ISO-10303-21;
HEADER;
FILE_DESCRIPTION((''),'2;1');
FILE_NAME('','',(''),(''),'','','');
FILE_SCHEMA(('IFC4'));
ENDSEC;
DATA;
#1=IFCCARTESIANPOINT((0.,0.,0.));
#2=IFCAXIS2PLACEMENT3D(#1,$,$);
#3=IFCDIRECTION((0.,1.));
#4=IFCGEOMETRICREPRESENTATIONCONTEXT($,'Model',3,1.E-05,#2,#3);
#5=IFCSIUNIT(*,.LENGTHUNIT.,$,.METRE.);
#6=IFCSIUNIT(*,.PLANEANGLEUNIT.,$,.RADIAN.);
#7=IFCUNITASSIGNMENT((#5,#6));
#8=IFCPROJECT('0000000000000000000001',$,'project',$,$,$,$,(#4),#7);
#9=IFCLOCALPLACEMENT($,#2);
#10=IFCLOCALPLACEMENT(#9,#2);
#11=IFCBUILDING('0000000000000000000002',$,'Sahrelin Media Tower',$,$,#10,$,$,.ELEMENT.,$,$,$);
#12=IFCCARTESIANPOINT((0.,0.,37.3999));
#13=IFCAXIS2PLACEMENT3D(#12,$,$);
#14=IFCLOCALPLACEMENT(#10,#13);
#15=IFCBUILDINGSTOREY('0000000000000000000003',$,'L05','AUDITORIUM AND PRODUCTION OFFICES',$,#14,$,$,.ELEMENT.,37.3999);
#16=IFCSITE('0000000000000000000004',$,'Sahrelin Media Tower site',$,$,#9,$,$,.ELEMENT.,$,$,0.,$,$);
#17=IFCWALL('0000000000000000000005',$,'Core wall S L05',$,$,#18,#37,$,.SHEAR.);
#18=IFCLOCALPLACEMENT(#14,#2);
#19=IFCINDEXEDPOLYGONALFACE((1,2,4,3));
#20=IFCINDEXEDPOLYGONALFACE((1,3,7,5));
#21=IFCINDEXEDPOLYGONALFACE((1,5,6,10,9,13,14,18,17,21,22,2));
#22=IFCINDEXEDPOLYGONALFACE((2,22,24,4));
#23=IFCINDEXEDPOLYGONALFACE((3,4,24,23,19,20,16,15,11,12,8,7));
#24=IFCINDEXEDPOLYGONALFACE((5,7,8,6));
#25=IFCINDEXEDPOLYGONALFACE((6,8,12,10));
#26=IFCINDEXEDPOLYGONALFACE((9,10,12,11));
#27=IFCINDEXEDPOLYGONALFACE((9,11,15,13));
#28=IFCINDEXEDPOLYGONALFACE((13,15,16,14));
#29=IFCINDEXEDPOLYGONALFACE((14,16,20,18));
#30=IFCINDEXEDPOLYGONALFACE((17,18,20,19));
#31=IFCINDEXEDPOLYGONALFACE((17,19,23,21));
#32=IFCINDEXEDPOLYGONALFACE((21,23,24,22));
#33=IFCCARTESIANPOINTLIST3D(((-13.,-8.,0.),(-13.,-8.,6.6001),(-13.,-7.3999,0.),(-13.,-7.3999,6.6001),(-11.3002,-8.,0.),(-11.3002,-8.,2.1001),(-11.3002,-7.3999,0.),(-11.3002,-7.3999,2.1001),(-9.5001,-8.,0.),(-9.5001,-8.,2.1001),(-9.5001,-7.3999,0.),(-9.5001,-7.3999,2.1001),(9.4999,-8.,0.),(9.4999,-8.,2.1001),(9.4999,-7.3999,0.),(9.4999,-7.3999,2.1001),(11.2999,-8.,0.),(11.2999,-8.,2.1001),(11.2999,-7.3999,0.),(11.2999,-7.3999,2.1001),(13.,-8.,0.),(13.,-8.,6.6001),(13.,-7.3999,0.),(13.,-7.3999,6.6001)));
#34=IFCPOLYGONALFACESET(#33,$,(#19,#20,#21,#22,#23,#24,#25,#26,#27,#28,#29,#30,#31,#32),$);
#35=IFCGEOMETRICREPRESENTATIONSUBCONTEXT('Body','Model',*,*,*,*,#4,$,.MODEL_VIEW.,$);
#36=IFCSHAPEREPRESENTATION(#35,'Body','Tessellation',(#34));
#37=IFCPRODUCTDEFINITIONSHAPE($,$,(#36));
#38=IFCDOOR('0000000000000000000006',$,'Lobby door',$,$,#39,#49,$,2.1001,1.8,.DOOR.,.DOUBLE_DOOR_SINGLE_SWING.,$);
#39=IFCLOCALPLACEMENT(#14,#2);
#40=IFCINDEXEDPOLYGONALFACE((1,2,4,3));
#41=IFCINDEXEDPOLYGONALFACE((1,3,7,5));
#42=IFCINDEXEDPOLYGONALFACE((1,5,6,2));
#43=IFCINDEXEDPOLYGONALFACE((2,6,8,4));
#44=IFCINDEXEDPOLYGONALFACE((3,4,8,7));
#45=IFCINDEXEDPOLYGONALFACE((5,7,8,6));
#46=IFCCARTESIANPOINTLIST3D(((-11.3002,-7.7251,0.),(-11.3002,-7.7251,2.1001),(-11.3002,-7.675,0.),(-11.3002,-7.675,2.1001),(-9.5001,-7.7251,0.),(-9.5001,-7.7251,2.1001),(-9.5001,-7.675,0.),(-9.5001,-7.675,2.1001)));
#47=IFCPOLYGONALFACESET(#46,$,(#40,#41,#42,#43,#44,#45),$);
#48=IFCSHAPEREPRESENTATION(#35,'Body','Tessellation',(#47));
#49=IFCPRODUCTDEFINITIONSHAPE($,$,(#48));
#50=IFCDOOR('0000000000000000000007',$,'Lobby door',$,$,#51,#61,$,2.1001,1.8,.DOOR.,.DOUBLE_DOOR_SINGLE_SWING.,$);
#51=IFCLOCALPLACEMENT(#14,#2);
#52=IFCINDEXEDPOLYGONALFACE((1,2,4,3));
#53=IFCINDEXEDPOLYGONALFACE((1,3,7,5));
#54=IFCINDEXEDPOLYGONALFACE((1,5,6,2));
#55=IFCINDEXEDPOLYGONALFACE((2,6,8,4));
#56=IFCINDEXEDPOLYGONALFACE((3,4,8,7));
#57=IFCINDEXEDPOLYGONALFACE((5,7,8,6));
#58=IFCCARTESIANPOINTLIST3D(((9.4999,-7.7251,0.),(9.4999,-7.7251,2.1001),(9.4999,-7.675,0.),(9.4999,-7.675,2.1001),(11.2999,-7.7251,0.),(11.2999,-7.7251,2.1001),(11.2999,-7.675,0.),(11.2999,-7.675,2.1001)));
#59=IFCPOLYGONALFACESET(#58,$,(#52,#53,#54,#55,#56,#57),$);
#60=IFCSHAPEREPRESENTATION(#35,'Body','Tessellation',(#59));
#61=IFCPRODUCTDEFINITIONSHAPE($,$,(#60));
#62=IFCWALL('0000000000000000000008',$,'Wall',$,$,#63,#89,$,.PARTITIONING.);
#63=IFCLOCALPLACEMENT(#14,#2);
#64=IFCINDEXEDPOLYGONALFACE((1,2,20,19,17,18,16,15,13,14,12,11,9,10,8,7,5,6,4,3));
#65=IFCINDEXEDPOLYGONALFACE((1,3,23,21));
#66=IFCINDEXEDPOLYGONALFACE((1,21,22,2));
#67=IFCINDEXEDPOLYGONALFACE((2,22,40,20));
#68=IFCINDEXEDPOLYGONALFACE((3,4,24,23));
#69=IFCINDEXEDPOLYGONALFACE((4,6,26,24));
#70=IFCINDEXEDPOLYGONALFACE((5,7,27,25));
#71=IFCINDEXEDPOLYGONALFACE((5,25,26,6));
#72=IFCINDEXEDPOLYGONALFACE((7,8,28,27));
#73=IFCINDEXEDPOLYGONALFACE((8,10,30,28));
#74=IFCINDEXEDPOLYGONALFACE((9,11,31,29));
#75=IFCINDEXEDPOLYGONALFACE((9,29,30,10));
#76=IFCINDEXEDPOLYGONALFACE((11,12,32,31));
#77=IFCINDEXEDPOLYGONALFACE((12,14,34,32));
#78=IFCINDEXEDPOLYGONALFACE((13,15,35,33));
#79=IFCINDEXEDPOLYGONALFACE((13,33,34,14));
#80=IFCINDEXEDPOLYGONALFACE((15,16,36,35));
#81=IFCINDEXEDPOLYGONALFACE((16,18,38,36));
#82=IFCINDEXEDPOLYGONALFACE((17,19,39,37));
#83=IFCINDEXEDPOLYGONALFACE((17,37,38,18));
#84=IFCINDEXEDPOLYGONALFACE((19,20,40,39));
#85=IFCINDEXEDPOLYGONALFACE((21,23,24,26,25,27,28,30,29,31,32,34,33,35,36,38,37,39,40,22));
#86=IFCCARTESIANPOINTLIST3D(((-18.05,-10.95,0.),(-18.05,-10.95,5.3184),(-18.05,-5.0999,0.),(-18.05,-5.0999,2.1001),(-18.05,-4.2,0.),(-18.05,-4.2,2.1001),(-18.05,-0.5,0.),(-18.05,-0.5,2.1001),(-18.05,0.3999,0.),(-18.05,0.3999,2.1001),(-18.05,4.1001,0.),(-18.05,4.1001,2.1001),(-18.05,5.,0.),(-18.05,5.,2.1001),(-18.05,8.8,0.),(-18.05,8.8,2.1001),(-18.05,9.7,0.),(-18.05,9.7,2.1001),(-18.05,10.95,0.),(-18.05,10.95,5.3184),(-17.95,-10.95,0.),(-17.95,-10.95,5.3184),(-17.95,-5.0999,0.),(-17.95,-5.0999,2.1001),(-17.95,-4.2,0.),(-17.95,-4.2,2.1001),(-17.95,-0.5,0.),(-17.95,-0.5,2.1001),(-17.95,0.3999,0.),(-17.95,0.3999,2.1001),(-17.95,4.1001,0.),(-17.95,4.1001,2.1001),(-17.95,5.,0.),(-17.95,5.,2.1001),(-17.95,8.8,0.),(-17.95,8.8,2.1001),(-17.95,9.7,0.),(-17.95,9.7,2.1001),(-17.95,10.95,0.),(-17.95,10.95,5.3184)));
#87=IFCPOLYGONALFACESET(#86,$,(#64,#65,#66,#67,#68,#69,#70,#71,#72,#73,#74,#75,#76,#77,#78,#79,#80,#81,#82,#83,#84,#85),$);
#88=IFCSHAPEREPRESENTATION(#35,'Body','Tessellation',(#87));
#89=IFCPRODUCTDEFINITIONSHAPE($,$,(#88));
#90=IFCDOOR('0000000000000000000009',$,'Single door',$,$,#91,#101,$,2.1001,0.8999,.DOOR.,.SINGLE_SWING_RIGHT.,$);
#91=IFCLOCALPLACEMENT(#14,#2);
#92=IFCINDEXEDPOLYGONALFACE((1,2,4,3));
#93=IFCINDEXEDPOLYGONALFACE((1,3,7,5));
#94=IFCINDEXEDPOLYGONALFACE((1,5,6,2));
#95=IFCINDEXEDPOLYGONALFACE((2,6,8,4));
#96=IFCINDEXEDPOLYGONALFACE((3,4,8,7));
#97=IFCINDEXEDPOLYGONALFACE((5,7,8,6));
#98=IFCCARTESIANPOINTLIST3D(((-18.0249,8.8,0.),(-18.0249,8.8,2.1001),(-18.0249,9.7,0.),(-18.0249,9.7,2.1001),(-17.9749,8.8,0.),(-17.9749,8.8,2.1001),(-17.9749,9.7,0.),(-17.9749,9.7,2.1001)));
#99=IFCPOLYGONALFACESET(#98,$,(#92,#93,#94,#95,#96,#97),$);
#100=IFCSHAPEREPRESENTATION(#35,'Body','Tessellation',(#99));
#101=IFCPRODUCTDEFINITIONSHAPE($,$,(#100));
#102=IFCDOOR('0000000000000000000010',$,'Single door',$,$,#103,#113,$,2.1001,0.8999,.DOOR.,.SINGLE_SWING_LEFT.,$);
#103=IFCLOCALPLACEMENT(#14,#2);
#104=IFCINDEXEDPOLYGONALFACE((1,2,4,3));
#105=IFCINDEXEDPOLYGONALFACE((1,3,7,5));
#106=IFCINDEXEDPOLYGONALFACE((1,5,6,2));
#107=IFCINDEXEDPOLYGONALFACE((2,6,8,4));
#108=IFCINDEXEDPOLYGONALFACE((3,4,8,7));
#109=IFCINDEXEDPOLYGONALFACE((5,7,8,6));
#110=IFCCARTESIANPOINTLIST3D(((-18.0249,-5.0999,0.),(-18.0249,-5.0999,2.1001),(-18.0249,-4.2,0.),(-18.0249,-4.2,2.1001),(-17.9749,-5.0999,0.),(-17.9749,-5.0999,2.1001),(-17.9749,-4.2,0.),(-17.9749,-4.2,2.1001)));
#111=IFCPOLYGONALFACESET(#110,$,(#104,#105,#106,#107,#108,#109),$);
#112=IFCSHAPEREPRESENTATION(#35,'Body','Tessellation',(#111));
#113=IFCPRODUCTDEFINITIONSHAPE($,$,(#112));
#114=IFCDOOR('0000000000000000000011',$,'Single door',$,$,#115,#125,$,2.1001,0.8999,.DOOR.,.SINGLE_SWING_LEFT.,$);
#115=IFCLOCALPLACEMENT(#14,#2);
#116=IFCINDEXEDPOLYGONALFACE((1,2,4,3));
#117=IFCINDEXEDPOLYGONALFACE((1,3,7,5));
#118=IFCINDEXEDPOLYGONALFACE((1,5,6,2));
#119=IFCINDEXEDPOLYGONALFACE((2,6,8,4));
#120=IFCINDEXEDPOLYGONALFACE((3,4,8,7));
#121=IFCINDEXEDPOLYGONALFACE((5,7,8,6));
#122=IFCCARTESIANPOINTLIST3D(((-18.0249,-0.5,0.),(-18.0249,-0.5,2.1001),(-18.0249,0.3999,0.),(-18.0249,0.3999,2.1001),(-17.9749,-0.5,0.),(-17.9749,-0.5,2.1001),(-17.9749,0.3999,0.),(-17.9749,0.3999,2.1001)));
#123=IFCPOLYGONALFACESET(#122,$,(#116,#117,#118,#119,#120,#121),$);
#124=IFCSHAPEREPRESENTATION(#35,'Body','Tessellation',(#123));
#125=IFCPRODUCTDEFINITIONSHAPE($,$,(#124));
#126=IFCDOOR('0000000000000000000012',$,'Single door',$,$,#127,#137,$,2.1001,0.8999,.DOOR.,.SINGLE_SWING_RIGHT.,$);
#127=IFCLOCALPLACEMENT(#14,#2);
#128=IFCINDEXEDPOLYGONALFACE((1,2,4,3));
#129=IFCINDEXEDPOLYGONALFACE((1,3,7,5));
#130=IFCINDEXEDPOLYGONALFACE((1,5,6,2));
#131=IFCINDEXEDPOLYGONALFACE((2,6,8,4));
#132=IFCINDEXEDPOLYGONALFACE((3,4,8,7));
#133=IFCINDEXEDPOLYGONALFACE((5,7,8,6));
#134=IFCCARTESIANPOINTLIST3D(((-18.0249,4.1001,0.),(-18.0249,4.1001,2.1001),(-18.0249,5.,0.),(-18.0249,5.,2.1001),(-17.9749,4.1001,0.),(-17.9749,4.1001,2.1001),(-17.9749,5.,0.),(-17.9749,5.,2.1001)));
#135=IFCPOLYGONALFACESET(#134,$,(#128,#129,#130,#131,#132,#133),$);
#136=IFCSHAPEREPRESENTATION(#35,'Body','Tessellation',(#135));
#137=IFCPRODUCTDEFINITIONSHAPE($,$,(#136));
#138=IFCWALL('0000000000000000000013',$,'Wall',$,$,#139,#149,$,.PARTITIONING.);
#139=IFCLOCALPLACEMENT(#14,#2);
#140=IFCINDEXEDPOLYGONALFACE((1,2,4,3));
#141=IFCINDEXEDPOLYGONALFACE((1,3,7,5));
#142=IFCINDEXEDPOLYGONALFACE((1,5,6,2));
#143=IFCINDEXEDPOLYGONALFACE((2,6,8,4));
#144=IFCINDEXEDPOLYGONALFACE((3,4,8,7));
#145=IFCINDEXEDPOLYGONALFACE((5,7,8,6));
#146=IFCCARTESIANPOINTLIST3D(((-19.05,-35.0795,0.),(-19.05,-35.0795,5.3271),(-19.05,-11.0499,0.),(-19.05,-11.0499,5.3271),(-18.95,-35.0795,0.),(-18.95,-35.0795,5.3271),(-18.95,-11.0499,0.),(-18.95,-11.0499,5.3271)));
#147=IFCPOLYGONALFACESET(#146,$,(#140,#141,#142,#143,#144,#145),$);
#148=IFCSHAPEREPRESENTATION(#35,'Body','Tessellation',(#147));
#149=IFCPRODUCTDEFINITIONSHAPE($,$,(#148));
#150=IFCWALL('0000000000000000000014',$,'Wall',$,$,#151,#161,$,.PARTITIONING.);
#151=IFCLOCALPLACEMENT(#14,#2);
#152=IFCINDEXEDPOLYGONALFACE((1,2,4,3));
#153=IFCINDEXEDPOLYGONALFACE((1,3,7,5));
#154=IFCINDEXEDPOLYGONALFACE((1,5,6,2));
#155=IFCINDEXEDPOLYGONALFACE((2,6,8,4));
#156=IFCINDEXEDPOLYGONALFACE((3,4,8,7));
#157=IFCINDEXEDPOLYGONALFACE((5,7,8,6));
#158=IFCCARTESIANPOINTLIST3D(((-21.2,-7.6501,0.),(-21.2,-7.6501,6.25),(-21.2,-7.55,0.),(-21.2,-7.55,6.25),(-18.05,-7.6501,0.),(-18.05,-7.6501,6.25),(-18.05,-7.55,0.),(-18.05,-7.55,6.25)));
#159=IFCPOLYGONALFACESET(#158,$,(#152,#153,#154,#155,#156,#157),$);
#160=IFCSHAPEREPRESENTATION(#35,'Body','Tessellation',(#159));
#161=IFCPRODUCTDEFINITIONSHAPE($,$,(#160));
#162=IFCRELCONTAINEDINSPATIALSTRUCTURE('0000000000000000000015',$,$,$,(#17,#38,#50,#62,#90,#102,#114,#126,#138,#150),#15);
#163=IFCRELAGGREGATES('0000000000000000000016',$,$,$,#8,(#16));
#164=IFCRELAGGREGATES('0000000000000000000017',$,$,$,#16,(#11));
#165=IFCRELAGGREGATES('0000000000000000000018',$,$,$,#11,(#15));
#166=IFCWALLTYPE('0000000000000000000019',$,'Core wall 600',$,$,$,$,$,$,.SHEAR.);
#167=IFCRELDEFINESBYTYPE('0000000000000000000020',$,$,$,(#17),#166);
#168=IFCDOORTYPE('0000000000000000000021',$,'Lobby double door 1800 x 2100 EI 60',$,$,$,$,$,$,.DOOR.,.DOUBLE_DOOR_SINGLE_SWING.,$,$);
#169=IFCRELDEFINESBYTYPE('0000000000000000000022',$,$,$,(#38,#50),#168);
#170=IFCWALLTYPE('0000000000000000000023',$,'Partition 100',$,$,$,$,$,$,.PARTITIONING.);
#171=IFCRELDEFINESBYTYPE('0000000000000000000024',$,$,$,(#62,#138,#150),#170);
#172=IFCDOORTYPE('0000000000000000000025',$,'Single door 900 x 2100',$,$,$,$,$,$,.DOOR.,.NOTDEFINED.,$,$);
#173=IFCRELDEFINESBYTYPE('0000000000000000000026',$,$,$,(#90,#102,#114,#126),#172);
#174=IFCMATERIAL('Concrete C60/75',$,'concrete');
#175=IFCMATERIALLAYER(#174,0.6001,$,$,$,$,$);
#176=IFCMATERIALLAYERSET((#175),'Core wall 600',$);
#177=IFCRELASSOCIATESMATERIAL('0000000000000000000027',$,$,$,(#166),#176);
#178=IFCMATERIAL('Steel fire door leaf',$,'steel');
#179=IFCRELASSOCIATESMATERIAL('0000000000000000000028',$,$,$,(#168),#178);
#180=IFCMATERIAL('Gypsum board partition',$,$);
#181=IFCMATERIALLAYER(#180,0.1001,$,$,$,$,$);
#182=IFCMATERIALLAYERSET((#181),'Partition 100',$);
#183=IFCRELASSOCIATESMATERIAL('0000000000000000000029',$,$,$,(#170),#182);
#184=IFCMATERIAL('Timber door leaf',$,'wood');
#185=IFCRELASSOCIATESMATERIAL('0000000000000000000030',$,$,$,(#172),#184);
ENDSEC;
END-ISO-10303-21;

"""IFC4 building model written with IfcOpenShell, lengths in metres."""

from ifc_helpers import new_model, si_unit, direction, frame, frame_2d, origin, place, context, subcontext, project, spatial, rectangle, extrude, material, layer, layer_set, type_object, element, fill, save


model = new_model("IFC4")

# Units and contexts
model_context = context("Model", 3, precision=1e-05, world=origin(), true_north=direction((0.0, 1.0)))
body_context = subcontext(model_context, "Body", "Model", "MODEL_VIEW")
ifc_project = project(units=[si_unit("LENGTHUNIT", "METRE"), si_unit("PLANEANGLEUNIT", "RADIAN")], contexts=[model_context])

# Site, building, storey
site_placement = place(None, origin())
site = spatial("IfcSite", under=ifc_project, at=site_placement, Name="Sahrelin Media Tower site", CompositionType="ELEMENT", RefElevation=0.0)
building_placement = place(site_placement, origin())
building = spatial("IfcBuilding", under=site, at=building_placement, Name="Sahrelin Media Tower", CompositionType="ELEMENT")
storey_placement = place(building_placement, frame((0.0, 0.0, 37.3999)))
storey = spatial("IfcBuildingStorey", under=building, at=storey_placement, Name="L05", Description="AUDITORIUM AND PRODUCTION OFFICES", CompositionType="ELEMENT", Elevation=37.3999)

# Walls, openings, doors
ifc_material_1 = material(Name="Concrete C60/75", Category="concrete")
ifc_layer_1 = layer(ifc_material_1, 0.6001)
ifc_layer_set_1 = layer_set([ifc_layer_1], Name="Core wall 600")
wall_type_1 = type_object("IfcWallType", Name="Core wall 600", PredefinedType="SHEAR", material=ifc_layer_set_1)
wall_1_placement = place(storey_placement, frame((-13.0, -7.7, 0.0), z_axis=(0.0, 0.0, 1.0), x_axis=(1.0, 0.0, 0.0)))
wall_1 = element("IfcWall", 1, at=wall_1_placement, inside=storey, type_object=wall_type_1, Name="Core wall S L05", PredefinedType="SHEAR", context=body_context, shape_type="SweptSolid", body=[
    extrude(rectangle(XDim=26.0, YDim=0.6001, at=frame_2d((13.0, 0.0))), origin(), (0.0, 0.0, 1.0), 6.6001),
])
opening_1_placement = place(wall_1_placement, frame((1.7, 0.0, 0.0)))
opening_1 = element("IfcOpeningElement", 2, at=opening_1_placement, cuts=wall_1, PredefinedType="OPENING", context=body_context, shape_type="SweptSolid", body=[
    extrude(rectangle(XDim=1.8, YDim=2.1001, at=frame_2d((0.8999, 1.05))), frame((0.0, 0.3, 0.0), z_axis=(0.0, -1.0, 0.0), x_axis=(1.0, 0.0, 0.0)), (0.0, 0.0, 1.0), 0.6001),
])
opening_2_placement = place(wall_1_placement, frame((22.5, 0.0, 0.0)))
opening_2 = element("IfcOpeningElement", 3, at=opening_2_placement, cuts=wall_1, PredefinedType="OPENING", context=body_context, shape_type="SweptSolid", body=[
    extrude(rectangle(XDim=1.8, YDim=2.1001, at=frame_2d((0.8999, 1.05))), frame((0.0, 0.3, 0.0), z_axis=(0.0, -1.0, 0.0), x_axis=(1.0, 0.0, 0.0)), (0.0, 0.0, 1.0), 0.6001),
])
ifc_material_2 = material(Name="Steel fire door leaf", Category="steel")
door_type_1 = type_object("IfcDoorType", Name="Lobby double door 1800 x 2100 EI 60", OperationType="DOUBLE_DOOR_SINGLE_SWING", PredefinedType="DOOR", material=ifc_material_2)
door_1_placement = place(opening_1_placement, origin())
door_1 = element("IfcDoor", 4, at=door_1_placement, inside=storey, type_object=door_type_1, Name="Lobby door", OperationType="DOUBLE_DOOR_SINGLE_SWING", OverallHeight=2.1001, OverallWidth=1.8, PredefinedType="DOOR", context=body_context, shape_type="SweptSolid", body=[
    extrude(rectangle(XDim=1.8, YDim=2.1001, at=frame_2d((0.8999, 1.05))), frame((0.0, 0.0249, 0.0), z_axis=(0.0, -1.0, 0.0), x_axis=(1.0, 0.0, 0.0)), (0.0, 0.0, 1.0), 0.05),
])
fill(opening_1, door_1)
door_2_placement = place(opening_2_placement, origin())
door_2 = element("IfcDoor", 5, at=door_2_placement, inside=storey, type_object=door_type_1, Name="Lobby door", OperationType="DOUBLE_DOOR_SINGLE_SWING", OverallHeight=2.1001, OverallWidth=1.8, PredefinedType="DOOR", context=body_context, shape_type="SweptSolid", body=[
    extrude(rectangle(XDim=1.8, YDim=2.1001, at=frame_2d((0.8999, 1.05))), frame((0.0, 0.0249, 0.0), z_axis=(0.0, -1.0, 0.0), x_axis=(1.0, 0.0, 0.0)), (0.0, 0.0, 1.0), 0.05),
])
fill(opening_2, door_2)
ifc_material_3 = material(Name="Gypsum board partition")
ifc_layer_2 = layer(ifc_material_3, 0.1001)
ifc_layer_set_2 = layer_set([ifc_layer_2], Name="Partition 100")
wall_type_2 = type_object("IfcWallType", Name="Partition 100", PredefinedType="PARTITIONING", material=ifc_layer_set_2)
wall_2_placement = place(storey_placement, frame((-18.0, -10.95, 0.0), z_axis=(0.0, 0.0, 1.0), x_axis=(0.0, 1.0, 0.0)))
wall_2 = element("IfcWall", 6, at=wall_2_placement, inside=storey, type_object=wall_type_2, Name="Wall", PredefinedType="PARTITIONING", context=body_context, shape_type="SweptSolid", body=[
    extrude(rectangle(XDim=21.8999, YDim=0.1001, at=frame_2d((10.95, 0.0))), origin(), (0.0, 0.0, 1.0), 5.3184),
])
opening_3_placement = place(wall_2_placement, frame((19.75, 0.0, 0.0)))
opening_3 = element("IfcOpeningElement", 7, at=opening_3_placement, cuts=wall_2, PredefinedType="OPENING", context=body_context, shape_type="SweptSolid", body=[
    extrude(rectangle(XDim=0.8999, YDim=2.1001, at=frame_2d((0.45, 1.05))), frame((0.0, 0.05, 0.0), z_axis=(0.0, -1.0, 0.0), x_axis=(1.0, 0.0, 0.0)), (0.0, 0.0, 1.0), 0.1001),
])
opening_4_placement = place(wall_2_placement, frame((5.8501, 0.0, 0.0)))
opening_4 = element("IfcOpeningElement", 8, at=opening_4_placement, cuts=wall_2, PredefinedType="OPENING", context=body_context, shape_type="SweptSolid", body=[
    extrude(rectangle(XDim=0.8999, YDim=2.1001, at=frame_2d((0.45, 1.05))), frame((0.0, 0.05, 0.0), z_axis=(0.0, -1.0, 0.0), x_axis=(1.0, 0.0, 0.0)), (0.0, 0.0, 1.0), 0.1001),
])
opening_5_placement = place(wall_2_placement, frame((10.45, 0.0, 0.0)))
opening_5 = element("IfcOpeningElement", 9, at=opening_5_placement, cuts=wall_2, PredefinedType="OPENING", context=body_context, shape_type="SweptSolid", body=[
    extrude(rectangle(XDim=0.8999, YDim=2.1001, at=frame_2d((0.45, 1.05))), frame((0.0, 0.05, 0.0), z_axis=(0.0, -1.0, 0.0), x_axis=(1.0, 0.0, 0.0)), (0.0, 0.0, 1.0), 0.1001),
])
opening_6_placement = place(wall_2_placement, frame((15.05, 0.0, 0.0)))
opening_6 = element("IfcOpeningElement", 10, at=opening_6_placement, cuts=wall_2, PredefinedType="OPENING", context=body_context, shape_type="SweptSolid", body=[
    extrude(rectangle(XDim=0.8999, YDim=2.1001, at=frame_2d((0.45, 1.05))), frame((0.0, 0.05, 0.0), z_axis=(0.0, -1.0, 0.0), x_axis=(1.0, 0.0, 0.0)), (0.0, 0.0, 1.0), 0.1001),
])
ifc_material_4 = material(Name="Timber door leaf", Category="wood")
door_type_2 = type_object("IfcDoorType", Name="Single door 900 x 2100", OperationType="NOTDEFINED", PredefinedType="DOOR", material=ifc_material_4)
door_3_placement = place(opening_3_placement, origin())
door_3 = element("IfcDoor", 11, at=door_3_placement, inside=storey, type_object=door_type_2, Name="Single door", OperationType="SINGLE_SWING_RIGHT", OverallHeight=2.1001, OverallWidth=0.8999, PredefinedType="DOOR", context=body_context, shape_type="SweptSolid", body=[
    extrude(rectangle(XDim=0.8999, YDim=2.1001, at=frame_2d((0.45, 1.05))), frame((0.0, 0.0249, 0.0), z_axis=(0.0, -1.0, 0.0), x_axis=(1.0, 0.0, 0.0)), (0.0, 0.0, 1.0), 0.05),
])
fill(opening_3, door_3)
door_4_placement = place(opening_4_placement, origin())
door_4 = element("IfcDoor", 12, at=door_4_placement, inside=storey, type_object=door_type_2, Name="Single door", OperationType="SINGLE_SWING_LEFT", OverallHeight=2.1001, OverallWidth=0.8999, PredefinedType="DOOR", context=body_context, shape_type="SweptSolid", body=[
    extrude(rectangle(XDim=0.8999, YDim=2.1001, at=frame_2d((0.45, 1.05))), frame((0.0, 0.0249, 0.0), z_axis=(0.0, -1.0, 0.0), x_axis=(1.0, 0.0, 0.0)), (0.0, 0.0, 1.0), 0.05),
])
fill(opening_4, door_4)
door_5_placement = place(opening_5_placement, origin())
door_5 = element("IfcDoor", 13, at=door_5_placement, inside=storey, type_object=door_type_2, Name="Single door", OperationType="SINGLE_SWING_LEFT", OverallHeight=2.1001, OverallWidth=0.8999, PredefinedType="DOOR", context=body_context, shape_type="SweptSolid", body=[
    extrude(rectangle(XDim=0.8999, YDim=2.1001, at=frame_2d((0.45, 1.05))), frame((0.0, 0.0249, 0.0), z_axis=(0.0, -1.0, 0.0), x_axis=(1.0, 0.0, 0.0)), (0.0, 0.0, 1.0), 0.05),
])
fill(opening_5, door_5)
door_6_placement = place(opening_6_placement, origin())
door_6 = element("IfcDoor", 14, at=door_6_placement, inside=storey, type_object=door_type_2, Name="Single door", OperationType="SINGLE_SWING_RIGHT", OverallHeight=2.1001, OverallWidth=0.8999, PredefinedType="DOOR", context=body_context, shape_type="SweptSolid", body=[
    extrude(rectangle(XDim=0.8999, YDim=2.1001, at=frame_2d((0.45, 1.05))), frame((0.0, 0.0249, 0.0), z_axis=(0.0, -1.0, 0.0), x_axis=(1.0, 0.0, 0.0)), (0.0, 0.0, 1.0), 0.05),
])
fill(opening_6, door_6)

# Walls
wall_3_placement = place(storey_placement, frame((-19.0, -11.05, 0.0), z_axis=(0.0, 0.0, 1.0), x_axis=(0.0, -1.0, 0.0)))
element("IfcWall", 15, at=wall_3_placement, inside=storey, type_object=wall_type_2, Name="Wall", PredefinedType="PARTITIONING", context=body_context, shape_type="SweptSolid", body=[
    extrude(rectangle(XDim=24.0295, YDim=0.1001, at=frame_2d((12.0146, 0.0))), origin(), (0.0, 0.0, 1.0), 5.3271),
])
wall_4_placement = place(storey_placement, frame((-21.2, -7.6001, 0.0), z_axis=(0.0, 0.0, 1.0), x_axis=(1.0, 0.0, 0.0)))
element("IfcWall", 16, at=wall_4_placement, inside=storey, type_object=wall_type_2, Name="Wall", PredefinedType="PARTITIONING", context=body_context, shape_type="SweptSolid", body=[
    extrude(rectangle(XDim=3.1499, YDim=0.1001, at=frame_2d((1.575, 0.0))), origin(), (0.0, 0.0, 1.0), 6.25),
])

save(model, "model.ifc")
